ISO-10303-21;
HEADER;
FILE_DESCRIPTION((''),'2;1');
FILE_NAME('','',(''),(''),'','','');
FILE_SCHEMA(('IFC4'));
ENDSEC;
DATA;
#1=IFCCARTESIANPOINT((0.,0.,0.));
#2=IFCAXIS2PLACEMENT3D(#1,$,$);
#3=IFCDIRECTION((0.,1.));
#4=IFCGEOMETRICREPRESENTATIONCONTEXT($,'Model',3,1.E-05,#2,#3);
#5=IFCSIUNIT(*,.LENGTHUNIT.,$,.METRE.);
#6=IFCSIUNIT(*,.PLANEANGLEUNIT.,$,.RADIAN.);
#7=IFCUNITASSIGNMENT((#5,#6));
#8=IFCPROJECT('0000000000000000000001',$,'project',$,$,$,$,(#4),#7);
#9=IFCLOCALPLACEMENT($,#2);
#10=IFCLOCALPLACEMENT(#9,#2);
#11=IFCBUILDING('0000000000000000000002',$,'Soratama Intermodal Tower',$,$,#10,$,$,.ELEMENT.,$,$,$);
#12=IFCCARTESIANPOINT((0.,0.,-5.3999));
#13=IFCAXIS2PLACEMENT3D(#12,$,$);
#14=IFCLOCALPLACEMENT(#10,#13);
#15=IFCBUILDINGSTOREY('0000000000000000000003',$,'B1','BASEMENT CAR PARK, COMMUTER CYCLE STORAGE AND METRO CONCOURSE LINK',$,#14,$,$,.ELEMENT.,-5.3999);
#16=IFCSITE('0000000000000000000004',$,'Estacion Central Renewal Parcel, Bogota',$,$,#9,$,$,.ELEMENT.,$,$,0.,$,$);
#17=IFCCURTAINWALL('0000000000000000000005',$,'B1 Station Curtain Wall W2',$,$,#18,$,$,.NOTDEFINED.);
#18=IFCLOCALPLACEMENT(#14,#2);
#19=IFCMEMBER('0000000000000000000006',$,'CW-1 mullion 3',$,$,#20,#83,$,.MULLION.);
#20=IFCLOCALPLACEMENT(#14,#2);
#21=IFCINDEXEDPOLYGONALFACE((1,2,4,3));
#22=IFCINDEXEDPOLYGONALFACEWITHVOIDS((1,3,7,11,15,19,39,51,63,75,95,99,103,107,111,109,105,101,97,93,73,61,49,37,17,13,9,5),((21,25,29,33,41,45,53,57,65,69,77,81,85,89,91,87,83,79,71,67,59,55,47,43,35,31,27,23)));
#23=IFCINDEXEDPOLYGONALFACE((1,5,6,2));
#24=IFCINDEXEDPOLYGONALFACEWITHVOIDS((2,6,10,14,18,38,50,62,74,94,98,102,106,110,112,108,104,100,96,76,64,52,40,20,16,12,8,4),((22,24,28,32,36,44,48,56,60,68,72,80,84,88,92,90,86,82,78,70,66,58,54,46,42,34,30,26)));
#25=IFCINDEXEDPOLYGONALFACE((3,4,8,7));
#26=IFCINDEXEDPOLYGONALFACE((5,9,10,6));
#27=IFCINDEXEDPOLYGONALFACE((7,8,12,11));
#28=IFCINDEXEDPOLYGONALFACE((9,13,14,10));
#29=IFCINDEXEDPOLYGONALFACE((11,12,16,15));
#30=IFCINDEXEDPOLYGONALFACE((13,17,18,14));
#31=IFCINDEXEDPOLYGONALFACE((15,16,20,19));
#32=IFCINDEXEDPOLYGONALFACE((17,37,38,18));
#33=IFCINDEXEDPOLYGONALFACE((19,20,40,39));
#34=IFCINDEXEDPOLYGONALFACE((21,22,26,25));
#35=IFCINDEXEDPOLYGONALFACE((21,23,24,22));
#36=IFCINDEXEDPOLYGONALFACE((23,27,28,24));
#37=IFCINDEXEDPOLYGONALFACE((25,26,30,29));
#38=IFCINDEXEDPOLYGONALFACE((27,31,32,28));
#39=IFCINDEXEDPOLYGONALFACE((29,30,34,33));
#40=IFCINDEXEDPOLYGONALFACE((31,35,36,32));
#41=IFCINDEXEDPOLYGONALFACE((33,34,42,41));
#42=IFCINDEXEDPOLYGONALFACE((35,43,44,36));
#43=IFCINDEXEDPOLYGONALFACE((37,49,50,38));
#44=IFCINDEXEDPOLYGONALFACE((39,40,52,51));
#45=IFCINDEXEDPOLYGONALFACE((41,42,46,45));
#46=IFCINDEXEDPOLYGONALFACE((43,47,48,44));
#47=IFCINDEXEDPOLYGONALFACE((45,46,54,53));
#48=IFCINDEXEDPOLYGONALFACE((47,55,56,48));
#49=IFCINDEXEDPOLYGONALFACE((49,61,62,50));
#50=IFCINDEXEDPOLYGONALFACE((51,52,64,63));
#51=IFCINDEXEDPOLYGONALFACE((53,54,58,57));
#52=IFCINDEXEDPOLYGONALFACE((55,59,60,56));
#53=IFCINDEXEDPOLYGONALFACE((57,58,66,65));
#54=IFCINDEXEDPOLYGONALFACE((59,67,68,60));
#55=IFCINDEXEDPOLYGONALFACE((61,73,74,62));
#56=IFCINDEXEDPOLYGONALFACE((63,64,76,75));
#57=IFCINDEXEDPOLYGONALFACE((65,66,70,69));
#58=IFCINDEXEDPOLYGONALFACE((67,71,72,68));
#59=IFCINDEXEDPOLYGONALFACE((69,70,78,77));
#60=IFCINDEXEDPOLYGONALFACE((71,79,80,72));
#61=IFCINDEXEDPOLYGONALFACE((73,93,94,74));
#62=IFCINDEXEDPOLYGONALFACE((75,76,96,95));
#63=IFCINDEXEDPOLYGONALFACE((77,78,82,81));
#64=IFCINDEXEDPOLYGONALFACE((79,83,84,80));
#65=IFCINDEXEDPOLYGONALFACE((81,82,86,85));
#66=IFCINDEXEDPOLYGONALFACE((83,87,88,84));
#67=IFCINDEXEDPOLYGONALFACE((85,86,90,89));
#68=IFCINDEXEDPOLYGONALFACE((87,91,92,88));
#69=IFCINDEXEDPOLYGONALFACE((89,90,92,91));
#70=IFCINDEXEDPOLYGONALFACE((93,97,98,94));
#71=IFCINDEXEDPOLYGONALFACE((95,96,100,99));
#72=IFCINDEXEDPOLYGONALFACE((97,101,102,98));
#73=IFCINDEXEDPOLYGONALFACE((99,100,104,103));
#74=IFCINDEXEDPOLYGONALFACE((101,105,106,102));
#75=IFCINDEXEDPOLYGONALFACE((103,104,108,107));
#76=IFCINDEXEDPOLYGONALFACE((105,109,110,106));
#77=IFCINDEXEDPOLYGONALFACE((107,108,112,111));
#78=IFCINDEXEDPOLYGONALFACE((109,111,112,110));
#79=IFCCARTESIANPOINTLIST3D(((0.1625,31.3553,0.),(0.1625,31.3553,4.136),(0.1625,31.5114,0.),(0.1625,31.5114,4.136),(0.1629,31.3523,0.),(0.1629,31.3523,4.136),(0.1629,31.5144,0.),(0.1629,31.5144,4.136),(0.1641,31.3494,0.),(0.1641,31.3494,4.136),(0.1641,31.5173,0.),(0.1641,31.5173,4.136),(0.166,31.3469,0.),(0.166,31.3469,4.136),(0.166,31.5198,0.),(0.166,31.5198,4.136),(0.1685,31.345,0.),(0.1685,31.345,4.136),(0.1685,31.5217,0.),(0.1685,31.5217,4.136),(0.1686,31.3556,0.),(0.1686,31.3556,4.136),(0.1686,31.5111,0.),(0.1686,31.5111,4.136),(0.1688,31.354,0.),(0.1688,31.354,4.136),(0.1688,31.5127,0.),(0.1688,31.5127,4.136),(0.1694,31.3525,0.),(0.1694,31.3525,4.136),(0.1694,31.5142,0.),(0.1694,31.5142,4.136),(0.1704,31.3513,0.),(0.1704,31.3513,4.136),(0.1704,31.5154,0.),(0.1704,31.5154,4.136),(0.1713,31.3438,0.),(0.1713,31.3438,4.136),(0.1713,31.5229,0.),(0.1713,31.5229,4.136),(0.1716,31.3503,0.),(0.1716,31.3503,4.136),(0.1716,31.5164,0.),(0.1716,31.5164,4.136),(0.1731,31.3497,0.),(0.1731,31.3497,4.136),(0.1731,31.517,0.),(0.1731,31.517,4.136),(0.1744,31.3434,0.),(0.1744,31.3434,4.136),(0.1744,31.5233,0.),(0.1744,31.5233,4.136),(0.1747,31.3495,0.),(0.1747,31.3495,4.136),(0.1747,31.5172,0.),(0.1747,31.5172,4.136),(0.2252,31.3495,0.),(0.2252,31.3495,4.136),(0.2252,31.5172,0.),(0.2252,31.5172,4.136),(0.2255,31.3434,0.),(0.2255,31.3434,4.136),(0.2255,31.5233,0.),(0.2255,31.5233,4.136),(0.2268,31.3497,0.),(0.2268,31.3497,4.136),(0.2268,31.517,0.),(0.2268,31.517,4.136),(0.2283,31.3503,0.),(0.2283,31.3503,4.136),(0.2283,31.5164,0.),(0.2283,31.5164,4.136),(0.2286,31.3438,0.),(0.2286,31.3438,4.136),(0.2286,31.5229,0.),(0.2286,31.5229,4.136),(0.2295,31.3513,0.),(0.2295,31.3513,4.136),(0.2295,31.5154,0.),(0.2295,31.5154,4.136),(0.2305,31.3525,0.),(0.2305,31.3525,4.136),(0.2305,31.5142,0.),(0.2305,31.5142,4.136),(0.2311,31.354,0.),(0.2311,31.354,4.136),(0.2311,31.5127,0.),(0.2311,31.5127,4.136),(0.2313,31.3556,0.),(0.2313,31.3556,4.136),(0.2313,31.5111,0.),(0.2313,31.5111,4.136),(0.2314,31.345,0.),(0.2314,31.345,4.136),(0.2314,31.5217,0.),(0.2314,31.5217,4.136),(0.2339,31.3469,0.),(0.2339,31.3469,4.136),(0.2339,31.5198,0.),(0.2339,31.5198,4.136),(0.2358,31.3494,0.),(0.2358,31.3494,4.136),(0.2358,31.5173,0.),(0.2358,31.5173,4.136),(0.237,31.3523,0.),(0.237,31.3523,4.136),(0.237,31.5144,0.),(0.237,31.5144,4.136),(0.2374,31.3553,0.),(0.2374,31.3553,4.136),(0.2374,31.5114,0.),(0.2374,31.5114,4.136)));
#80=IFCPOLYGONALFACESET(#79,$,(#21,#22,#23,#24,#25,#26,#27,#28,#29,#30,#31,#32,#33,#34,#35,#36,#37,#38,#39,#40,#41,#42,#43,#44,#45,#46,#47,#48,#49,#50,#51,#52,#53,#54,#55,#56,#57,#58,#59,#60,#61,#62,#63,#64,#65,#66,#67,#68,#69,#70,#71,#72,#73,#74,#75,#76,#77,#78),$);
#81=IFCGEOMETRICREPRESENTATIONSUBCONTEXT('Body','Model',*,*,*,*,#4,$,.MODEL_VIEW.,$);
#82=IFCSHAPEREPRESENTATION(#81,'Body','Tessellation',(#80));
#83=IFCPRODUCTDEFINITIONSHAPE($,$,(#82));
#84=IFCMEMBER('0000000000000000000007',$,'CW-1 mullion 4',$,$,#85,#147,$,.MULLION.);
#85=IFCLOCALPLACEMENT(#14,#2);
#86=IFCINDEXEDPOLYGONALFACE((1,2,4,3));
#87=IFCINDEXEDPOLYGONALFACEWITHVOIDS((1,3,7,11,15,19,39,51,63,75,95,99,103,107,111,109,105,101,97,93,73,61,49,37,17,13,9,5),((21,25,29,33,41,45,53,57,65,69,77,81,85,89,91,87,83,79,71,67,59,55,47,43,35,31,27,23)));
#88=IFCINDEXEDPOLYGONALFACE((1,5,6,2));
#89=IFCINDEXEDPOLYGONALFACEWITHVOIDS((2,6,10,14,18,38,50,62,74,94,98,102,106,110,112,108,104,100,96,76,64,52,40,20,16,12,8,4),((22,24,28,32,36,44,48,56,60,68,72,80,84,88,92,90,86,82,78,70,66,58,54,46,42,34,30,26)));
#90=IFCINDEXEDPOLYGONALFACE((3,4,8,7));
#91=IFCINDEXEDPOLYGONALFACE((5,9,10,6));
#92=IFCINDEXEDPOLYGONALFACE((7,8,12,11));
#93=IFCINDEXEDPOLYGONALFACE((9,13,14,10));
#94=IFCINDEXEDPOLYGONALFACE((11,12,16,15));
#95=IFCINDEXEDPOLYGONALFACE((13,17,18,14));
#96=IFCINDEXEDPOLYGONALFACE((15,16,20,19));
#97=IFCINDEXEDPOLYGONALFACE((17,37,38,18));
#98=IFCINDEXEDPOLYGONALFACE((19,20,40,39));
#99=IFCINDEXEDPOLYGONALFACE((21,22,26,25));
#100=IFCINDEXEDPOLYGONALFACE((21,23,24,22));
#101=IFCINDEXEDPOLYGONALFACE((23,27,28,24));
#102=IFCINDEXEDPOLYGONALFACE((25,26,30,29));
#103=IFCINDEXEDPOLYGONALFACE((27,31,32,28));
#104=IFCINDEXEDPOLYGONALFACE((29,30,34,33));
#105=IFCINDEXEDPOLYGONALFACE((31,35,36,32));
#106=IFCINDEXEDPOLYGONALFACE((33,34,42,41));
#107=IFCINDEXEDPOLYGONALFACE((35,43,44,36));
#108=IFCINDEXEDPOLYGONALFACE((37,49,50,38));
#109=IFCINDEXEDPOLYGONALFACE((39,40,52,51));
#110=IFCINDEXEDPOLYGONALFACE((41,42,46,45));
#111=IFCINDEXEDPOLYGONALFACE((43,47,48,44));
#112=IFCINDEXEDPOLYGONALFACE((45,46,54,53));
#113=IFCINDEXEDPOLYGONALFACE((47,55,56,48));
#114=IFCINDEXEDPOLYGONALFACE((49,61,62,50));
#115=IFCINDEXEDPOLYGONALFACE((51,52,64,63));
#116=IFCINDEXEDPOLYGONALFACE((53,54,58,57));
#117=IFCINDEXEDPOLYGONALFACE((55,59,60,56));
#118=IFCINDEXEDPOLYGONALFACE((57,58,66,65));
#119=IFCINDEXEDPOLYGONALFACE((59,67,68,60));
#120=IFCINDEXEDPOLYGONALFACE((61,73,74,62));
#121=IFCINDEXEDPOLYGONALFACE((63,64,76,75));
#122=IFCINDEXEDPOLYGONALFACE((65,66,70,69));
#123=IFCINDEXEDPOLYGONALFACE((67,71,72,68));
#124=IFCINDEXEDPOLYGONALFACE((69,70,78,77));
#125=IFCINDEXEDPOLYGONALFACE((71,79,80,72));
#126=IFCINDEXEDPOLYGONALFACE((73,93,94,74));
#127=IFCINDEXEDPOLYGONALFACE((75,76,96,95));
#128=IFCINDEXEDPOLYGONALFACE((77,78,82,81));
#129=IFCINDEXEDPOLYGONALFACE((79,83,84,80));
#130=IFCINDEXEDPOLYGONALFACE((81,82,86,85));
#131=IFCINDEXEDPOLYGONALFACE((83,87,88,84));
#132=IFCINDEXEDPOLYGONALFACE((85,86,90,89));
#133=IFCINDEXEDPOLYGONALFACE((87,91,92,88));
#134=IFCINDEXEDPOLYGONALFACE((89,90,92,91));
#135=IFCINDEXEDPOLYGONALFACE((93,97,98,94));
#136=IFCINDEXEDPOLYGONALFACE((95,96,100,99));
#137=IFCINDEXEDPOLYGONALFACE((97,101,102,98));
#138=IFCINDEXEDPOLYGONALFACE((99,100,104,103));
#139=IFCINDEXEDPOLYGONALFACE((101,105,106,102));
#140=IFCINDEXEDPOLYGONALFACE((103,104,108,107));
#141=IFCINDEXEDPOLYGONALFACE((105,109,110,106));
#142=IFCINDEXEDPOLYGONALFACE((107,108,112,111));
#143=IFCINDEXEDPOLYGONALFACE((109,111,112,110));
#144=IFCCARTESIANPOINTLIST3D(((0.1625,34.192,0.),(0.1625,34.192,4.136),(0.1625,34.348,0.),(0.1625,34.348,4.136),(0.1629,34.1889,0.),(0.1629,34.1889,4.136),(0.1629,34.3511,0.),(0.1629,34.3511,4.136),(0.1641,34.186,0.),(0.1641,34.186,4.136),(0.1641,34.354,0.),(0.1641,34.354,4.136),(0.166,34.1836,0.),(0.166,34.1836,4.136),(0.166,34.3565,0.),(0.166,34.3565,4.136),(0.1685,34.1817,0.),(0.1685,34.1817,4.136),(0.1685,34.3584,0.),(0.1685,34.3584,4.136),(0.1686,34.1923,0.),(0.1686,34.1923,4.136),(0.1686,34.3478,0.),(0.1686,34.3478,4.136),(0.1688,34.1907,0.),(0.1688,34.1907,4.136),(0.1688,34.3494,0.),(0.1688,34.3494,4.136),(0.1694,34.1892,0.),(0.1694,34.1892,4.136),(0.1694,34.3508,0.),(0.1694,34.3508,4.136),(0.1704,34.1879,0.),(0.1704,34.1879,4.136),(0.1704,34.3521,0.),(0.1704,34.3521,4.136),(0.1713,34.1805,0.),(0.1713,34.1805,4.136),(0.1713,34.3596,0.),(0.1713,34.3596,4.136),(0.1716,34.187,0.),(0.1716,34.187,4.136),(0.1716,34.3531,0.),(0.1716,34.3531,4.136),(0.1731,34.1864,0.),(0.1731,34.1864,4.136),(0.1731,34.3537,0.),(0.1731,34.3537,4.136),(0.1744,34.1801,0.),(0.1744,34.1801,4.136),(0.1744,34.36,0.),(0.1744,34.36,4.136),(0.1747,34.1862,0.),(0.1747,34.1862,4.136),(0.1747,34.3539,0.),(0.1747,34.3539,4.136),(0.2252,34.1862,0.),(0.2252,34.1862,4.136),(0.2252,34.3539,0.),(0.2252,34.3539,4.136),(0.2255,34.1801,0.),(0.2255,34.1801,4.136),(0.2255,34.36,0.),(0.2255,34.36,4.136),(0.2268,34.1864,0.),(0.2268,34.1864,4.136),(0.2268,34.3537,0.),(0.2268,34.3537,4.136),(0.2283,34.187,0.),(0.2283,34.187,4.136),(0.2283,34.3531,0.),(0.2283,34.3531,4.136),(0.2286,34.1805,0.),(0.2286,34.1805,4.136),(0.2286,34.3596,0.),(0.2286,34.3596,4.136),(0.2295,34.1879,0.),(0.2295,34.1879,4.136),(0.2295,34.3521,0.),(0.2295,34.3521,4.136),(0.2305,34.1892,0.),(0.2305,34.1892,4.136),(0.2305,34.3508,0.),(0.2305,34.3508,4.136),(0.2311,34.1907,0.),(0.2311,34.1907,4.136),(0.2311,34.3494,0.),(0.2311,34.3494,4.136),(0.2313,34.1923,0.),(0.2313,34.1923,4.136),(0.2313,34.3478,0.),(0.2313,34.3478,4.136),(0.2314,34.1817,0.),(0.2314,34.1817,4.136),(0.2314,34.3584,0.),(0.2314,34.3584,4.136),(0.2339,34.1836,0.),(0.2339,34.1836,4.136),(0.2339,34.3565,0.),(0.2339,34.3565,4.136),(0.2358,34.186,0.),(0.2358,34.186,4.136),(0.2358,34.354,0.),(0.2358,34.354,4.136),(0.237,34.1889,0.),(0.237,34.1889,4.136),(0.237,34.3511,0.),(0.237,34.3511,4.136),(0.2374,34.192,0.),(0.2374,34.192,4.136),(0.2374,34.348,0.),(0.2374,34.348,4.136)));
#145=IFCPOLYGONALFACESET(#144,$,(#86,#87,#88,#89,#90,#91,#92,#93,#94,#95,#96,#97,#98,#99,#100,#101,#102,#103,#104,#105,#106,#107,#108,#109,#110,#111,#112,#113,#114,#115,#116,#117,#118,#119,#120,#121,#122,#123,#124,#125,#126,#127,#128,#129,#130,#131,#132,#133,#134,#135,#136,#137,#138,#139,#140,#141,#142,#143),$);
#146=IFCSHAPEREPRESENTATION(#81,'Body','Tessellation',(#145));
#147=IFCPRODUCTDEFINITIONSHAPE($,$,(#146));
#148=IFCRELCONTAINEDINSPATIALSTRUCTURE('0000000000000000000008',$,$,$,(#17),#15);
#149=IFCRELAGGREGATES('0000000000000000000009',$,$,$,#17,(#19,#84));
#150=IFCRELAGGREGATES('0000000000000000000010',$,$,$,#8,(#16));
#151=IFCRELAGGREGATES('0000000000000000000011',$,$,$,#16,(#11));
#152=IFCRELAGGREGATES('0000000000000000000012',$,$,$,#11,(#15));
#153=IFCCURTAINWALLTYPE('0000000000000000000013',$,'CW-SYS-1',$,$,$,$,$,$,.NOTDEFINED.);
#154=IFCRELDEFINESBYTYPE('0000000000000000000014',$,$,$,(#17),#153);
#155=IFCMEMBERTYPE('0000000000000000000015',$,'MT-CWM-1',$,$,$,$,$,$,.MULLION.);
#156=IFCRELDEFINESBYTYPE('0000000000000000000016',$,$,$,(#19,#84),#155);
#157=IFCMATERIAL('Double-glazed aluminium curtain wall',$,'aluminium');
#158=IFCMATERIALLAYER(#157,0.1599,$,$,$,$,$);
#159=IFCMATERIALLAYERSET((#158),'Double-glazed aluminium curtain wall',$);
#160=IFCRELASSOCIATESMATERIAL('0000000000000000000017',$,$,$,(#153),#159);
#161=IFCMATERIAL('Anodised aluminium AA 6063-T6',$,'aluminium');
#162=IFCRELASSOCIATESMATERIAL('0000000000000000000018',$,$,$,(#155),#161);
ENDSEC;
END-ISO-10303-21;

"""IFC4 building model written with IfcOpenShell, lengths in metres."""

from ifc_helpers import new_model, si_unit, direction, frame, origin, origin_2d, place, context, subcontext, project, spatial, hollow_rectangle, extrude, material, layer, layer_set, material_profile, profile_set, type_object, element, aggregate, save


model = new_model("IFC4")

# Units and contexts
model_context = context("Model", 3, precision=1e-05, world=origin(), true_north=direction((0.0, 1.0)))
body_context = subcontext(model_context, "Body", "Model", "MODEL_VIEW")
ifc_project = project(units=[si_unit("LENGTHUNIT", "METRE"), si_unit("PLANEANGLEUNIT", "RADIAN")], contexts=[model_context])

# Site, building, storey
site_placement = place(None, origin())
site = spatial("IfcSite", under=ifc_project, at=site_placement, Name="Estacion Central Renewal Parcel, Bogota", CompositionType="ELEMENT", RefElevation=0.0)
building_placement = place(site_placement, origin())
building = spatial("IfcBuilding", under=site, at=building_placement, Name="Soratama Intermodal Tower", CompositionType="ELEMENT")
storey_placement = place(building_placement, frame((0.0, 0.0, -5.3999)))
storey = spatial("IfcBuildingStorey", under=building, at=storey_placement, Name="B1", Description="BASEMENT CAR PARK, COMMUTER CYCLE STORAGE AND METRO CONCOURSE LINK", CompositionType="ELEMENT", Elevation=-5.3999)

# Curtain wall, members
ifc_material_1 = material(Name="Double-glazed aluminium curtain wall", Category="aluminium")
ifc_layer_1 = layer(ifc_material_1, 0.1599)
ifc_layer_set_1 = layer_set([ifc_layer_1], Name="Double-glazed aluminium curtain wall")
curtain_wall_type = type_object("IfcCurtainWallType", Name="CW-SYS-1", PredefinedType="NOTDEFINED", material=ifc_layer_set_1)
curtain_wall_placement = place(storey_placement, origin())
curtain_wall = element("IfcCurtainWall", 1, at=curtain_wall_placement, inside=storey, type_object=curtain_wall_type, Name="B1 Station Curtain Wall W2", PredefinedType="NOTDEFINED")
ifc_material_2 = material(Name="Anodised aluminium AA 6063-T6", Category="aluminium")
ifc_material_profile_1 = material_profile(ifc_material_2, hollow_rectangle(XDim=0.075, YDim=0.1799, WallThickness=0.0061, InnerFilletRadius=0.0061, OuterFilletRadius=0.012, at=origin_2d()), Name="CWM180X75X6")
ifc_profile_set_1 = profile_set([ifc_material_profile_1], Name="Anodised aluminium AA 6063-T6")
member_type_1 = type_object("IfcMemberType", Name="MT-CWM-1", PredefinedType="MULLION", material=ifc_profile_set_1)
member_1_placement = place(storey_placement, frame((0.2, 31.4333, 0.0), z_axis=(0.0, 0.0, 1.0), x_axis=(-1.0, 0.0, 0.0)))
member_1 = element("IfcMember", 2, at=member_1_placement, type_object=member_type_1, Name="CW-1 mullion 3", PredefinedType="MULLION", context=body_context, shape_type="SweptSolid", body=[
    extrude(hollow_rectangle(XDim=0.075, YDim=0.1799, WallThickness=0.0061, InnerFilletRadius=0.0061, OuterFilletRadius=0.012, at=origin_2d()), origin(), (0.0, 0.0, 1.0), 4.136),
])
member_2_placement = place(storey_placement, frame((0.2, 34.27, 0.0), z_axis=(0.0, 0.0, 1.0), x_axis=(-1.0, 0.0, 0.0)))
member_2 = element("IfcMember", 3, at=member_2_placement, type_object=member_type_1, Name="CW-1 mullion 4", PredefinedType="MULLION", context=body_context, shape_type="SweptSolid", body=[
    extrude(hollow_rectangle(XDim=0.075, YDim=0.1799, WallThickness=0.0061, InnerFilletRadius=0.0061, OuterFilletRadius=0.012, at=origin_2d()), origin(), (0.0, 0.0, 1.0), 4.136),
])
aggregate(curtain_wall, [member_1, member_2])

save(model, "model.ifc")
